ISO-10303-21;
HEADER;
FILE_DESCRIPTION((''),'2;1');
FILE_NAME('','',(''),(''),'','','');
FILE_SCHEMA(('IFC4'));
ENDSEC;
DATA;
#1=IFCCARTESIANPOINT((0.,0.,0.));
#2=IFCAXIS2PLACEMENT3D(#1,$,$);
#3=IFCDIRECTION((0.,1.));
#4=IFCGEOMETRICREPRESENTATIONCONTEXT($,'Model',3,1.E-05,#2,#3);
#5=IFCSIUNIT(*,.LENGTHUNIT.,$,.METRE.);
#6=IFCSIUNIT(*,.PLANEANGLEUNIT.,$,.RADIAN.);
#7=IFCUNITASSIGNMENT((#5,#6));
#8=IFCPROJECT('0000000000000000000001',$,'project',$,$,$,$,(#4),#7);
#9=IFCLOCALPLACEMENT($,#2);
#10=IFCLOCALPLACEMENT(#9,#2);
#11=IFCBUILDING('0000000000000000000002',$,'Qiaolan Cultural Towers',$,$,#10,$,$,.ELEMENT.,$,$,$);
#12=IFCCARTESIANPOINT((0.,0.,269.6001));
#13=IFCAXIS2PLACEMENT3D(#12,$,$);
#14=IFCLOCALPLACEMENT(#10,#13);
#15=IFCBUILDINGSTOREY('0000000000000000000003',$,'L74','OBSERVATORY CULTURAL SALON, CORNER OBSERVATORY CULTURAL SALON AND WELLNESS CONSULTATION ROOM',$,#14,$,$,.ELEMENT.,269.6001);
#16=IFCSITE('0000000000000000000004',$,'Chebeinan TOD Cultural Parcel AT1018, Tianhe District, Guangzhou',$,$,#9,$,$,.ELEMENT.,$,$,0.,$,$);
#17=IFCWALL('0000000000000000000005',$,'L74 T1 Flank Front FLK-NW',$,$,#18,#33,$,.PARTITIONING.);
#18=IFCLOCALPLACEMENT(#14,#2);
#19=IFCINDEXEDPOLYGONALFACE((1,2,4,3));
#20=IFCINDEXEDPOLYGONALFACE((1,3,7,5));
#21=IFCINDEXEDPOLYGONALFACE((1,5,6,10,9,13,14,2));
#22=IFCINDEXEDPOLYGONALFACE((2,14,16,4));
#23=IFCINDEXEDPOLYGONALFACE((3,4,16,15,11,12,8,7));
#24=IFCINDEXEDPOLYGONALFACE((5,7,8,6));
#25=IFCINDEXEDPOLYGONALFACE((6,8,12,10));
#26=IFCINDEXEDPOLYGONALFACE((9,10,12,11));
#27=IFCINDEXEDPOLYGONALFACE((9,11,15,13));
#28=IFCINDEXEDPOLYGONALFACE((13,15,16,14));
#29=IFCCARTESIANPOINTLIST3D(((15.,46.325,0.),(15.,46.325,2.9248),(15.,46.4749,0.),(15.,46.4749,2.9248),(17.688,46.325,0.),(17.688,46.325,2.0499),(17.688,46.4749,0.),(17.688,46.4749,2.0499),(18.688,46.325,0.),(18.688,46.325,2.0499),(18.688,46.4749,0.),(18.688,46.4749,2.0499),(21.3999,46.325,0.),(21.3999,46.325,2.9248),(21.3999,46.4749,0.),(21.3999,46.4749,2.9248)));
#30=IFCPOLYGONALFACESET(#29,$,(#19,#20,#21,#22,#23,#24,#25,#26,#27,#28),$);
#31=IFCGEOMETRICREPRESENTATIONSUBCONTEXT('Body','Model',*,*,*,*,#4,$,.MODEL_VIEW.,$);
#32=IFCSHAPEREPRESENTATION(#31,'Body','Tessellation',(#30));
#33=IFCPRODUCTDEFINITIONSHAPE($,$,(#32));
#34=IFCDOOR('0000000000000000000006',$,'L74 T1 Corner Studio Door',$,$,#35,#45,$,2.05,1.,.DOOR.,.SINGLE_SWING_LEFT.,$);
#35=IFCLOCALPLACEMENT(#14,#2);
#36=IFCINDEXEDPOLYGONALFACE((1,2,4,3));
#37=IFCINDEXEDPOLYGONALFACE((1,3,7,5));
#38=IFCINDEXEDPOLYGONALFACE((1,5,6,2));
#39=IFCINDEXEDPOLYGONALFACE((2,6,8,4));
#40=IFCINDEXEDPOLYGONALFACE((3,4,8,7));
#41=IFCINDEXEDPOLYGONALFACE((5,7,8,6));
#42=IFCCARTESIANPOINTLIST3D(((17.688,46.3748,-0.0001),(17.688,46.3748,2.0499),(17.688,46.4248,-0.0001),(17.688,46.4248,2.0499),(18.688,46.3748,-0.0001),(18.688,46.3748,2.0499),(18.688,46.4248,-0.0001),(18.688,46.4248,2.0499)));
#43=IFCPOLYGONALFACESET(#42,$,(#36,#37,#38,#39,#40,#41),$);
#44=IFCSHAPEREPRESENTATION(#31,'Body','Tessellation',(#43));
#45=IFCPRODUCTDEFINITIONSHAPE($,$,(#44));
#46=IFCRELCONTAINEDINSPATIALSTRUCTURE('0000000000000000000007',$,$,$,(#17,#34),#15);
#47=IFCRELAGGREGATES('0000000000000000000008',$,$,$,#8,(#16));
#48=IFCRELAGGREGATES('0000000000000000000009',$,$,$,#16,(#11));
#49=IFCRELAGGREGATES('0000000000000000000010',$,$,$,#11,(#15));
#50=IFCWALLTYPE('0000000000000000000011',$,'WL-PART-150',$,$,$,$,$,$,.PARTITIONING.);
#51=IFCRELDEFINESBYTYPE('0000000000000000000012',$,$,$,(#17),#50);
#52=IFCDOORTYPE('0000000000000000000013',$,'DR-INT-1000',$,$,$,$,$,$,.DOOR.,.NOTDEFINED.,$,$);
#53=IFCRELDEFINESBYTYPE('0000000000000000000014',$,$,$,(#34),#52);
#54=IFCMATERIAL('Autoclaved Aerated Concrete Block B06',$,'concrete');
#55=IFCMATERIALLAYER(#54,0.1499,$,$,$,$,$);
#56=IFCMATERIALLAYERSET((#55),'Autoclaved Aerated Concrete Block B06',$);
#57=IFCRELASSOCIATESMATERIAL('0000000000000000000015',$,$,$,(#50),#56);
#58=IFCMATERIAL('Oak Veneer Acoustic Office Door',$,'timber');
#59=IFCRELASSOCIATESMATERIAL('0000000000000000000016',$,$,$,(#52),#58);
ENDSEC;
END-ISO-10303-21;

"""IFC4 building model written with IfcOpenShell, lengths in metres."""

from ifc_helpers import new_model, si_unit, direction, frame, frame_2d, origin, place, context, subcontext, project, spatial, rectangle, extrude, material, layer, layer_set, type_object, element, fill, save


model = new_model("IFC4")

# Units and contexts
model_context = context("Model", 3, precision=1e-05, world=origin(), true_north=direction((0.0, 1.0)))
body_context = subcontext(model_context, "Body", "Model", "MODEL_VIEW")
ifc_project = project(units=[si_unit("LENGTHUNIT", "METRE"), si_unit("PLANEANGLEUNIT", "RADIAN")], contexts=[model_context])

# Site, building, storey
site_placement = place(None, origin())
site = spatial("IfcSite", under=ifc_project, at=site_placement, Name="Chebeinan TOD Cultural Parcel AT1018, Tianhe District, Guangzhou", CompositionType="ELEMENT", RefElevation=0.0)
building_placement = place(site_placement, origin())
building = spatial("IfcBuilding", under=site, at=building_placement, Name="Qiaolan Cultural Towers", CompositionType="ELEMENT")
storey_placement = place(building_placement, frame((0.0, 0.0, 269.6001)))
storey = spatial("IfcBuildingStorey", under=building, at=storey_placement, Name="L74", Description="OBSERVATORY CULTURAL SALON, CORNER OBSERVATORY CULTURAL SALON AND WELLNESS CONSULTATION ROOM", CompositionType="ELEMENT", Elevation=269.6001)

# Wall, opening, door
ifc_material_1 = material(Name="Autoclaved Aerated Concrete Block B06", Category="concrete")
ifc_layer_1 = layer(ifc_material_1, 0.1499)
ifc_layer_set_1 = layer_set([ifc_layer_1], Name="Autoclaved Aerated Concrete Block B06")
wall_type_1 = type_object("IfcWallType", Name="WL-PART-150", PredefinedType="PARTITIONING", material=ifc_layer_set_1)
wall_1_placement = place(storey_placement, frame((15.0, 46.3999, 0.0), z_axis=(0.0, 0.0, 1.0), x_axis=(1.0, 0.0, 0.0)))
wall_1 = element("IfcWall", 1, at=wall_1_placement, inside=storey, type_object=wall_type_1, Name="L74 T1 Flank Front FLK-NW", PredefinedType="PARTITIONING", context=body_context, shape_type="SweptSolid", body=[
    extrude(rectangle(XDim=6.3999, YDim=0.1499, at=frame_2d((3.2, 0.0))), origin(), (0.0, 0.0, 1.0), 2.9248),
])
opening_1_placement = place(wall_1_placement, frame((2.688, 0.0, 0.0)))
opening_1 = element("IfcOpeningElement", 2, at=opening_1_placement, cuts=wall_1, PredefinedType="OPENING", context=body_context, shape_type="SweptSolid", body=[
    extrude(rectangle(XDim=1.0, YDim=2.05, at=frame_2d((0.5, 1.0249))), frame((0.0, 0.085, 0.0), z_axis=(0.0, -1.0, 0.0), x_axis=(1.0, 0.0, 0.0)), (0.0, 0.0, 1.0), 0.1699),
])
ifc_material_2 = material(Name="Oak Veneer Acoustic Office Door", Category="timber")
door_type_1 = type_object("IfcDoorType", Name="DR-INT-1000", OperationType="NOTDEFINED", PredefinedType="DOOR", material=ifc_material_2)
door_1_placement = place(opening_1_placement, origin())
door_1 = element("IfcDoor", 3, at=door_1_placement, inside=storey, type_object=door_type_1, Name="L74 T1 Corner Studio Door", OperationType="SINGLE_SWING_LEFT", OverallHeight=2.05, OverallWidth=1.0, PredefinedType="DOOR", context=body_context, shape_type="SweptSolid", body=[
    extrude(rectangle(XDim=1.0, YDim=2.05, at=frame_2d((0.5, 1.0249))), frame((0.0, 0.0249, 0.0), z_axis=(0.0, -1.0, 0.0), x_axis=(1.0, 0.0, 0.0)), (0.0, 0.0, 1.0), 0.05),
])
fill(opening_1, door_1)

save(model, "model.ifc")
